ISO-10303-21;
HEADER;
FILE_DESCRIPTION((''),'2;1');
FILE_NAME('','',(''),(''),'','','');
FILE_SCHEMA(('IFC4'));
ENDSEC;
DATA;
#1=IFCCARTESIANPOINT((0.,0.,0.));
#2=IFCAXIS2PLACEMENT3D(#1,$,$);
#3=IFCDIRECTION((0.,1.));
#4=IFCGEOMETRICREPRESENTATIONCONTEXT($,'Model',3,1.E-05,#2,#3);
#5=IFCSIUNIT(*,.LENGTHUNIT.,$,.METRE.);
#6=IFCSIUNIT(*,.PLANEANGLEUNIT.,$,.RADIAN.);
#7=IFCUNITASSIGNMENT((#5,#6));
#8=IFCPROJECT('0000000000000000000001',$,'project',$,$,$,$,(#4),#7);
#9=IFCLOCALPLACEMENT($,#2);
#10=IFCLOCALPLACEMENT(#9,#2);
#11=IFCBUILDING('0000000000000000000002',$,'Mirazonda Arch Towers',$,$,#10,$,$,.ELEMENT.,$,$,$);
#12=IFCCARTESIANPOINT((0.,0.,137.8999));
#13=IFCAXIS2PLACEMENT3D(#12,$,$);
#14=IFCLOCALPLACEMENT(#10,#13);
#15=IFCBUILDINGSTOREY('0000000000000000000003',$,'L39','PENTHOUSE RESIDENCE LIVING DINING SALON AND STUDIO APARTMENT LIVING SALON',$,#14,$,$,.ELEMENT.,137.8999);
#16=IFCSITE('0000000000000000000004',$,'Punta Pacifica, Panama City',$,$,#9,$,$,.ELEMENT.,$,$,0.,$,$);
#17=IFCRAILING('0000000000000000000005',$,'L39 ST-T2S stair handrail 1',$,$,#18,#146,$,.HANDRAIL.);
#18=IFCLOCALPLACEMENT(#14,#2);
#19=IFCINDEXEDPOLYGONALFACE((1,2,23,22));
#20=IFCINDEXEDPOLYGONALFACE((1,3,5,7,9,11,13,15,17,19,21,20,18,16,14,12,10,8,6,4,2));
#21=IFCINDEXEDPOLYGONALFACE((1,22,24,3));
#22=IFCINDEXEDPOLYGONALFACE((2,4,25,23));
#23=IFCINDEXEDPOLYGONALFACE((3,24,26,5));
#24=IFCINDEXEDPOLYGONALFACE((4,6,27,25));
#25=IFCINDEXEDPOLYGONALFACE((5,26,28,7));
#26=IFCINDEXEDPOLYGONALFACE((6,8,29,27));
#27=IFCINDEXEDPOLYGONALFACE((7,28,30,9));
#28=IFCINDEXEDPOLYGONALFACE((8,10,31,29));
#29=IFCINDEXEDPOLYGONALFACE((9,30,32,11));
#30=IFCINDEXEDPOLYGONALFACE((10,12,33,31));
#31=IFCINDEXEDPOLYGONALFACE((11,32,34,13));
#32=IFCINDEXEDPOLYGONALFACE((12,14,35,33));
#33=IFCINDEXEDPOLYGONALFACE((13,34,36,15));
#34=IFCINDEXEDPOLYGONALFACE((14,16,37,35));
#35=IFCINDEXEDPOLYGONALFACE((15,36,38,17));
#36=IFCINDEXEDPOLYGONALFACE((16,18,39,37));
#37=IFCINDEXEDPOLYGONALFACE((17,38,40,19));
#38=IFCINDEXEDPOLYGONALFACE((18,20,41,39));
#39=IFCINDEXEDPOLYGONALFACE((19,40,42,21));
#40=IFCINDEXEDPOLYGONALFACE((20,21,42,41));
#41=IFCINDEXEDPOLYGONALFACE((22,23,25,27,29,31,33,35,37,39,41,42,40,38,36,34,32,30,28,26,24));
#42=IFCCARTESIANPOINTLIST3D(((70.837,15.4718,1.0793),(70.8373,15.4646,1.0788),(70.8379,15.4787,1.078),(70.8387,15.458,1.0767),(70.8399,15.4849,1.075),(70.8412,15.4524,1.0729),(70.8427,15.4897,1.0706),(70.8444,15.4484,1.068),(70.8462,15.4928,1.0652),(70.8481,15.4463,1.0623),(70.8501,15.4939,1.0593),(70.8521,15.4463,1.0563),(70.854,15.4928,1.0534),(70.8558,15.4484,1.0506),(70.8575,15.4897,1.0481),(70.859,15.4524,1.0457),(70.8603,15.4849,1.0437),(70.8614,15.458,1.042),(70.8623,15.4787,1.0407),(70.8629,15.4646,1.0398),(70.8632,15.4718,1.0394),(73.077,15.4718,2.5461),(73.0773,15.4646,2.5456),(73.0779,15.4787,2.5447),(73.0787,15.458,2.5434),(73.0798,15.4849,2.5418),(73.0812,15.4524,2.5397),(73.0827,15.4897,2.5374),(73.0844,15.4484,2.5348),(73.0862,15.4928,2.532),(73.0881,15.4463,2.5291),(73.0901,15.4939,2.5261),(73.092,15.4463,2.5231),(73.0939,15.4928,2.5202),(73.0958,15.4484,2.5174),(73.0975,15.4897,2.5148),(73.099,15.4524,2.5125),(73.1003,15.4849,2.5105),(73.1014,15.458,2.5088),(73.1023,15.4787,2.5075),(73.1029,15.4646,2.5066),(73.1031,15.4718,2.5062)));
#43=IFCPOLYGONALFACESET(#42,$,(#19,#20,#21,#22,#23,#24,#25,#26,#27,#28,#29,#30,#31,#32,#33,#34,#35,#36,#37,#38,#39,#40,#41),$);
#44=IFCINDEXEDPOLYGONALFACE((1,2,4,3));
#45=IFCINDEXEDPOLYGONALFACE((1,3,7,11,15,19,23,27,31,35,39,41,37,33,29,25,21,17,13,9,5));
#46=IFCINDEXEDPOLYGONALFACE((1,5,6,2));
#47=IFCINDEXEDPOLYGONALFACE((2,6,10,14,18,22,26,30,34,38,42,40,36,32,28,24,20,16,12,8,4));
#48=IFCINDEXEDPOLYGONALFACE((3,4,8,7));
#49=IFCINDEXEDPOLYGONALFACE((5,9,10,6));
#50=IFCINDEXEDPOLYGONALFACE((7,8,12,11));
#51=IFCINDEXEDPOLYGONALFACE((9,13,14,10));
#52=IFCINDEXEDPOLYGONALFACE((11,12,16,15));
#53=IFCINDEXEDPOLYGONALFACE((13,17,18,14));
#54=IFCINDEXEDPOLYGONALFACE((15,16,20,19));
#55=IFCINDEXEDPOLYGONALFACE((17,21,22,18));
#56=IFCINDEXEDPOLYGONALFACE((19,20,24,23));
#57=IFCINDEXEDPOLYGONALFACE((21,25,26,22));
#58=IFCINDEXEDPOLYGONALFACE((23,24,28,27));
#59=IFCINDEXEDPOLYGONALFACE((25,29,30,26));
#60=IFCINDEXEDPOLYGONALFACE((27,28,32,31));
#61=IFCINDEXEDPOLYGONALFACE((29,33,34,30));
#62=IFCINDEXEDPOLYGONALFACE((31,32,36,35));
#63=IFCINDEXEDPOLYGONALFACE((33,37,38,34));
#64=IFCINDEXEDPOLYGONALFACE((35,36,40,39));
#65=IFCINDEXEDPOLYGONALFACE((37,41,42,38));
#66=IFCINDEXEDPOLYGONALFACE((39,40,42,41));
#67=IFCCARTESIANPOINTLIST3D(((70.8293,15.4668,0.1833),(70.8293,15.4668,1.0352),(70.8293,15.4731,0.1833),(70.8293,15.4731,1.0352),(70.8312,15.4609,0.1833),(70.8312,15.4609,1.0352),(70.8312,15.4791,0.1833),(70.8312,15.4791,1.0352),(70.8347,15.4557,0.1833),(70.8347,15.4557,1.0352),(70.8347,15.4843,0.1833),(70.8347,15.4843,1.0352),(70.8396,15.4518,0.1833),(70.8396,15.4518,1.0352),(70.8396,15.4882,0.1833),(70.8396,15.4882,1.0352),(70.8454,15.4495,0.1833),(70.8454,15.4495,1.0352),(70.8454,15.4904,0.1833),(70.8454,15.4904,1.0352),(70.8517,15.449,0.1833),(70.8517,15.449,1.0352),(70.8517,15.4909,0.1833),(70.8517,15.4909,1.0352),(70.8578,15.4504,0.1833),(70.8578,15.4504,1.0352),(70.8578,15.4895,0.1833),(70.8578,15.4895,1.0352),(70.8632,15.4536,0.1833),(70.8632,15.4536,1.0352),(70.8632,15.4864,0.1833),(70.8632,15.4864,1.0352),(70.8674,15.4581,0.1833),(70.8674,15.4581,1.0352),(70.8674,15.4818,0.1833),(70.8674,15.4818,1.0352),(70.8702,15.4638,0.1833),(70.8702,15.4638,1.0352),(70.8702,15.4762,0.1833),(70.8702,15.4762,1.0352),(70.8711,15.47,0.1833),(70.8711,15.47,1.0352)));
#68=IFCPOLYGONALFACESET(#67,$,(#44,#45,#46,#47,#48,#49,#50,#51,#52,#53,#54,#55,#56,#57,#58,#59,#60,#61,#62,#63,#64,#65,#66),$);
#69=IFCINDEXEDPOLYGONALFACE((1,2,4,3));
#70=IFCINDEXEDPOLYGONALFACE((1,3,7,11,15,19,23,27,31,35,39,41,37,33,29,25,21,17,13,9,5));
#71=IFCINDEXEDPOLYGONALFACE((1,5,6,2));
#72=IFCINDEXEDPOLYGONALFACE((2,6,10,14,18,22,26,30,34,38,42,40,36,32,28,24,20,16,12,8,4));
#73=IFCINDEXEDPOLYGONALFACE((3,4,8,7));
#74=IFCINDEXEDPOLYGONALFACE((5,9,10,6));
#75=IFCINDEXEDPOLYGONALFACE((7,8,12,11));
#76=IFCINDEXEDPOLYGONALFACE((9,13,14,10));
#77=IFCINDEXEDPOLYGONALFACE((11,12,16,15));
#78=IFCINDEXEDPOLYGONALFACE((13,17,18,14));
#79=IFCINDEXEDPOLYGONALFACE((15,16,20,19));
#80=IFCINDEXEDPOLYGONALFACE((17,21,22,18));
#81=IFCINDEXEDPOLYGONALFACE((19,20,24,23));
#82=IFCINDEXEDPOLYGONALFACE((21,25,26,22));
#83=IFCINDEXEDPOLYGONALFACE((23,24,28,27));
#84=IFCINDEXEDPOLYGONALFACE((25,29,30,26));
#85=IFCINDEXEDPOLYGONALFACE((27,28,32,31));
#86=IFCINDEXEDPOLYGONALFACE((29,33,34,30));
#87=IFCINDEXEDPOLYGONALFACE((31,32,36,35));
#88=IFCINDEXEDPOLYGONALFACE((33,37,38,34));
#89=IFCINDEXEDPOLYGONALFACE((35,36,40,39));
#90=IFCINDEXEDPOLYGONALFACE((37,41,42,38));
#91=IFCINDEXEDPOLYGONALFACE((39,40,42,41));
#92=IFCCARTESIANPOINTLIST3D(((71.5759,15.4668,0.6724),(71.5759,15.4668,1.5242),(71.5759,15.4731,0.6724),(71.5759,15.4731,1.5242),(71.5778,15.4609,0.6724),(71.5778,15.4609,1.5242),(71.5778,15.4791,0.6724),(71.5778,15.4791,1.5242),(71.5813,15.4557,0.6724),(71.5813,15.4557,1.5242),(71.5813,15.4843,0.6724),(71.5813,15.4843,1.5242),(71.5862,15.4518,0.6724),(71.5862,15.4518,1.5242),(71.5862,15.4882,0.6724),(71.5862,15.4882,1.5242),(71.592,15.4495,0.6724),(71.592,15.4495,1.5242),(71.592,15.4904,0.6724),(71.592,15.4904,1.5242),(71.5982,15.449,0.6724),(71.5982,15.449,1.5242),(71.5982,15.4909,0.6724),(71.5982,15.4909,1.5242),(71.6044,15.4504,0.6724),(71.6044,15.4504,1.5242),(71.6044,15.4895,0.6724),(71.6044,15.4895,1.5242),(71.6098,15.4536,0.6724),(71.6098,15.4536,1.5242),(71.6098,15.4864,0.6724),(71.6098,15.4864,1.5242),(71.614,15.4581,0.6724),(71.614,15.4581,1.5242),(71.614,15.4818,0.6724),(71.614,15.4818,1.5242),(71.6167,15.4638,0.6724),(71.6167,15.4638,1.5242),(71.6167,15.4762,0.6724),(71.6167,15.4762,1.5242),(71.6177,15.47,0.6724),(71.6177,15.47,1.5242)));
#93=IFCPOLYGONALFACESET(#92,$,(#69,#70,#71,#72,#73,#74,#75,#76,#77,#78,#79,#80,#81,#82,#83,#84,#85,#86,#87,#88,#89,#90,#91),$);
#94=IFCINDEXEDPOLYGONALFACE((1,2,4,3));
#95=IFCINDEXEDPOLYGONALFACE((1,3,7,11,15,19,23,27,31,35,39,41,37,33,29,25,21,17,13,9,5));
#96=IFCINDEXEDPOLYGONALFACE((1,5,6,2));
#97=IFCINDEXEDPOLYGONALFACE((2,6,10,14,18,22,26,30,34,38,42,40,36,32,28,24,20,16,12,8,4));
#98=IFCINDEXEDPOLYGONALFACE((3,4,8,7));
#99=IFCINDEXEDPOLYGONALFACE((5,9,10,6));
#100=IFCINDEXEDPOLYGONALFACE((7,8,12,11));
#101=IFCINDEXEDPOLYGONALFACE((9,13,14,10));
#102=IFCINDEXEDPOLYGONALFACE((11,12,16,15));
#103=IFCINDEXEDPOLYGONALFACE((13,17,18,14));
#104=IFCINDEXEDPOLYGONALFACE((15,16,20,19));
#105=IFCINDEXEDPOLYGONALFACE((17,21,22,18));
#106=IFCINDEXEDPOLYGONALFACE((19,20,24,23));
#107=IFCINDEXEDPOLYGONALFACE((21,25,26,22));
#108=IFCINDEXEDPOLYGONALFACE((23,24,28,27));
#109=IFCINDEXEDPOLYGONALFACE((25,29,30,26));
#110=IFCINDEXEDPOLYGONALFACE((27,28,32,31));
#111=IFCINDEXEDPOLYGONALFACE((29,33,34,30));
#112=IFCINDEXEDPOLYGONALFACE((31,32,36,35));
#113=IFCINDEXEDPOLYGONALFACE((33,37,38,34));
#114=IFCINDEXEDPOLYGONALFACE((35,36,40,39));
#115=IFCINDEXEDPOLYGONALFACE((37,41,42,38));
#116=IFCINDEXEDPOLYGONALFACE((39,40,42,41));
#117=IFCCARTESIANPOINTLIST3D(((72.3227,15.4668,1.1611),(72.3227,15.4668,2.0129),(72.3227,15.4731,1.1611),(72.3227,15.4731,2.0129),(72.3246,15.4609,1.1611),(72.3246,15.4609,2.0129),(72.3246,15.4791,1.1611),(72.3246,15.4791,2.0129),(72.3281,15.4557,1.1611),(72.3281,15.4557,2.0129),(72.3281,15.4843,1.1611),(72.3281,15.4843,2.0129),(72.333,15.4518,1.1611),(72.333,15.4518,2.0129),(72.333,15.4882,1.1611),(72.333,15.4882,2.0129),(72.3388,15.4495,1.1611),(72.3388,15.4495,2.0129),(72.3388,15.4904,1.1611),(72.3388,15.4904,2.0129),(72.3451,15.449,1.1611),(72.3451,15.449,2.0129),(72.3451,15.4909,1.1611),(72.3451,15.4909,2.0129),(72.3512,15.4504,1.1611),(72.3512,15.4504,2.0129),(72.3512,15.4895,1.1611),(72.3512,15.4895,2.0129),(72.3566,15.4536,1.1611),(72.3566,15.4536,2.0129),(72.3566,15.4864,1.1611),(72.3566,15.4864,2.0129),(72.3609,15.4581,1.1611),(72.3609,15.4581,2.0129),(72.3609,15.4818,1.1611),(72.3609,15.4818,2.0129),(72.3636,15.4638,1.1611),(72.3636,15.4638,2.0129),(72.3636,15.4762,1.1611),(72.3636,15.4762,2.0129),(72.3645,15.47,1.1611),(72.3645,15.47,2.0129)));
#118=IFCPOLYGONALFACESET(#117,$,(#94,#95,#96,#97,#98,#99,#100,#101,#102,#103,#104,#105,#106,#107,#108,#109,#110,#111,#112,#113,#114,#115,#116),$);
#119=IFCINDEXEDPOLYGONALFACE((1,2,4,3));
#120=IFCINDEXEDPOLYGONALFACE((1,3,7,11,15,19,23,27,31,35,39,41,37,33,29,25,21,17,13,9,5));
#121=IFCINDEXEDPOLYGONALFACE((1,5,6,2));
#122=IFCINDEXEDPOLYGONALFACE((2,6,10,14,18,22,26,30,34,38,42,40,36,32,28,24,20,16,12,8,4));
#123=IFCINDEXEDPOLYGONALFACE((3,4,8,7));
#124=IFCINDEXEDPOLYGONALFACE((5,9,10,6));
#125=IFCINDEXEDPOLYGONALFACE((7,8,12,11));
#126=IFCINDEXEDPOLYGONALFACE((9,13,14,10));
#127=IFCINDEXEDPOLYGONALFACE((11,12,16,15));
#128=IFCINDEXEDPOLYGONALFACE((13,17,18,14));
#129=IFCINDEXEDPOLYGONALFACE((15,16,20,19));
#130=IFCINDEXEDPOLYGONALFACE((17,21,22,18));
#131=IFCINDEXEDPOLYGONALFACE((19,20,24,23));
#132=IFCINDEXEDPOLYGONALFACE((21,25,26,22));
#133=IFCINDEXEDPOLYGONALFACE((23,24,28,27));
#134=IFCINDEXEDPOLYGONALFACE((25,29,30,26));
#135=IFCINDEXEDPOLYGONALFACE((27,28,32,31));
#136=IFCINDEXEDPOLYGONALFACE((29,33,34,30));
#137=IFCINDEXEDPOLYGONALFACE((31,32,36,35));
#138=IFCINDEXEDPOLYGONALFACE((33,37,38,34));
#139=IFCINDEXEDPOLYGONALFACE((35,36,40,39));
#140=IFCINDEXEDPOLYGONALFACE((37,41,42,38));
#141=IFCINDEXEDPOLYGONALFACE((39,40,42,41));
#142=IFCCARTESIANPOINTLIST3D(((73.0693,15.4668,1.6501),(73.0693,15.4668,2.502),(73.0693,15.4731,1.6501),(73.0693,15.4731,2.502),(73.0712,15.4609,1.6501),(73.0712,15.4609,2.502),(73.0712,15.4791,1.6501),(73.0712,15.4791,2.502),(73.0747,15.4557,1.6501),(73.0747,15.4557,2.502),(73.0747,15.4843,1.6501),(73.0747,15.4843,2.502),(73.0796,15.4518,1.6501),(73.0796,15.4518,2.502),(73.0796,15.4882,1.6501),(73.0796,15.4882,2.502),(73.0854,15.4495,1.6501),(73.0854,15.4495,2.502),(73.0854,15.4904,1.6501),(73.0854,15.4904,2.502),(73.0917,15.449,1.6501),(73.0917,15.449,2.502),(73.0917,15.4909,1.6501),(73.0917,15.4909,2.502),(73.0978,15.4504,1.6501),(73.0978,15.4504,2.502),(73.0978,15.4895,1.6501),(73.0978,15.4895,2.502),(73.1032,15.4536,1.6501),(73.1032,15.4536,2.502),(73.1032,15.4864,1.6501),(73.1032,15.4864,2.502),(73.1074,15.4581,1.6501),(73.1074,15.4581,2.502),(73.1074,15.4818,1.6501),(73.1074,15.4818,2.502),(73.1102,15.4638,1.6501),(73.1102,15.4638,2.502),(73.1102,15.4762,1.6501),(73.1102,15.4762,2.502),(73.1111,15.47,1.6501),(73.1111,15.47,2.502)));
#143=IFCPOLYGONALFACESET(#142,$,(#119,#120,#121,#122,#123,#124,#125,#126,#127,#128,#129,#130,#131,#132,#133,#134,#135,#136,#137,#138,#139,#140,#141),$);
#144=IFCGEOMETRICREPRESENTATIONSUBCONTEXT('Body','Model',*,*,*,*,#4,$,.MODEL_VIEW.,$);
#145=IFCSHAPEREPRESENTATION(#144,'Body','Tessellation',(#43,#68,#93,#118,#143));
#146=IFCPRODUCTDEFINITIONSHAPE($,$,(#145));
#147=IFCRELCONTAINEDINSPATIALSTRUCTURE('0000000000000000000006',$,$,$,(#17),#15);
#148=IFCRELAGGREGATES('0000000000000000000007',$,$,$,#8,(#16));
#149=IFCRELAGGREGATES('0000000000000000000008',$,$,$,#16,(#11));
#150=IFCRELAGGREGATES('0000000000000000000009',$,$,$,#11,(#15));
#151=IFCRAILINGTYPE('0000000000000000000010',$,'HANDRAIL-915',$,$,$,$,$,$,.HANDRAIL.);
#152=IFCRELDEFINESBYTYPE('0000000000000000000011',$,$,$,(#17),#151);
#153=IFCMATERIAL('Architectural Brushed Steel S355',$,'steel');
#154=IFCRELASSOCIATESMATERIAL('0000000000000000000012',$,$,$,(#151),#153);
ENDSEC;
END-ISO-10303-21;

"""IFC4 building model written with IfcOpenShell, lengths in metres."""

from ifc_helpers import new_model, si_unit, direction, frame, origin, origin_2d, place, context, subcontext, project, spatial, circle, extrude, material, type_object, element, save


model = new_model("IFC4")

# Units and contexts
model_context = context("Model", 3, precision=1e-05, world=origin(), true_north=direction((0.0, 1.0)))
body_context = subcontext(model_context, "Body", "Model", "MODEL_VIEW")
ifc_project = project(units=[si_unit("LENGTHUNIT", "METRE"), si_unit("PLANEANGLEUNIT", "RADIAN")], contexts=[model_context])

# Site, building, storey
site_placement = place(None, origin())
site = spatial("IfcSite", under=ifc_project, at=site_placement, Name="Punta Pacifica, Panama City", CompositionType="ELEMENT", RefElevation=0.0)
building_placement = place(site_placement, origin())
building = spatial("IfcBuilding", under=site, at=building_placement, Name="Mirazonda Arch Towers", CompositionType="ELEMENT")
storey_placement = place(building_placement, frame((0.0, 0.0, 137.8999)))
storey = spatial("IfcBuildingStorey", under=building, at=storey_placement, Name="L39", Description="PENTHOUSE RESIDENCE LIVING DINING SALON AND STUDIO APARTMENT LIVING SALON", CompositionType="ELEMENT", Elevation=137.8999)

# Railing
ifc_material_1 = material(Name="Architectural Brushed Steel S355", Category="steel")
railing_type_1 = type_object("IfcRailingType", Name="HANDRAIL-915", PredefinedType="HANDRAIL", material=ifc_material_1)
railing_1_placement = place(storey_placement, frame((70.8501, 15.47, 0.1833)))
element("IfcRailing", 1, at=railing_1_placement, inside=storey, type_object=railing_type_1, Name="L39 ST-T2S stair handrail 1", PredefinedType="HANDRAIL", context=body_context, shape_type="SweptSolid", body=[
    extrude(circle(Radius=0.0239, at=origin_2d()), frame((0.0, 0.0, 0.876), z_axis=(0.836595, 0.0, 0.547822), x_axis=(0.0, 1.0, 0.0)), (0.0, 0.0, 1.0), 2.6775),
    extrude(circle(Radius=0.021, at=origin_2d()), origin(), (0.0, 0.0, 1.0), 0.8518),
    extrude(circle(Radius=0.021, at=origin_2d()), frame((0.7466, 0.0, 0.489)), (0.0, 0.0, 1.0), 0.8518),
    extrude(circle(Radius=0.021, at=origin_2d()), frame((1.4934, 0.0, 0.9778)), (0.0, 0.0, 1.0), 0.8518),
    extrude(circle(Radius=0.021, at=origin_2d()), frame((2.24, 0.0, 1.4668)), (0.0, 0.0, 1.0), 0.8518),
])

save(model, "model.ifc")
